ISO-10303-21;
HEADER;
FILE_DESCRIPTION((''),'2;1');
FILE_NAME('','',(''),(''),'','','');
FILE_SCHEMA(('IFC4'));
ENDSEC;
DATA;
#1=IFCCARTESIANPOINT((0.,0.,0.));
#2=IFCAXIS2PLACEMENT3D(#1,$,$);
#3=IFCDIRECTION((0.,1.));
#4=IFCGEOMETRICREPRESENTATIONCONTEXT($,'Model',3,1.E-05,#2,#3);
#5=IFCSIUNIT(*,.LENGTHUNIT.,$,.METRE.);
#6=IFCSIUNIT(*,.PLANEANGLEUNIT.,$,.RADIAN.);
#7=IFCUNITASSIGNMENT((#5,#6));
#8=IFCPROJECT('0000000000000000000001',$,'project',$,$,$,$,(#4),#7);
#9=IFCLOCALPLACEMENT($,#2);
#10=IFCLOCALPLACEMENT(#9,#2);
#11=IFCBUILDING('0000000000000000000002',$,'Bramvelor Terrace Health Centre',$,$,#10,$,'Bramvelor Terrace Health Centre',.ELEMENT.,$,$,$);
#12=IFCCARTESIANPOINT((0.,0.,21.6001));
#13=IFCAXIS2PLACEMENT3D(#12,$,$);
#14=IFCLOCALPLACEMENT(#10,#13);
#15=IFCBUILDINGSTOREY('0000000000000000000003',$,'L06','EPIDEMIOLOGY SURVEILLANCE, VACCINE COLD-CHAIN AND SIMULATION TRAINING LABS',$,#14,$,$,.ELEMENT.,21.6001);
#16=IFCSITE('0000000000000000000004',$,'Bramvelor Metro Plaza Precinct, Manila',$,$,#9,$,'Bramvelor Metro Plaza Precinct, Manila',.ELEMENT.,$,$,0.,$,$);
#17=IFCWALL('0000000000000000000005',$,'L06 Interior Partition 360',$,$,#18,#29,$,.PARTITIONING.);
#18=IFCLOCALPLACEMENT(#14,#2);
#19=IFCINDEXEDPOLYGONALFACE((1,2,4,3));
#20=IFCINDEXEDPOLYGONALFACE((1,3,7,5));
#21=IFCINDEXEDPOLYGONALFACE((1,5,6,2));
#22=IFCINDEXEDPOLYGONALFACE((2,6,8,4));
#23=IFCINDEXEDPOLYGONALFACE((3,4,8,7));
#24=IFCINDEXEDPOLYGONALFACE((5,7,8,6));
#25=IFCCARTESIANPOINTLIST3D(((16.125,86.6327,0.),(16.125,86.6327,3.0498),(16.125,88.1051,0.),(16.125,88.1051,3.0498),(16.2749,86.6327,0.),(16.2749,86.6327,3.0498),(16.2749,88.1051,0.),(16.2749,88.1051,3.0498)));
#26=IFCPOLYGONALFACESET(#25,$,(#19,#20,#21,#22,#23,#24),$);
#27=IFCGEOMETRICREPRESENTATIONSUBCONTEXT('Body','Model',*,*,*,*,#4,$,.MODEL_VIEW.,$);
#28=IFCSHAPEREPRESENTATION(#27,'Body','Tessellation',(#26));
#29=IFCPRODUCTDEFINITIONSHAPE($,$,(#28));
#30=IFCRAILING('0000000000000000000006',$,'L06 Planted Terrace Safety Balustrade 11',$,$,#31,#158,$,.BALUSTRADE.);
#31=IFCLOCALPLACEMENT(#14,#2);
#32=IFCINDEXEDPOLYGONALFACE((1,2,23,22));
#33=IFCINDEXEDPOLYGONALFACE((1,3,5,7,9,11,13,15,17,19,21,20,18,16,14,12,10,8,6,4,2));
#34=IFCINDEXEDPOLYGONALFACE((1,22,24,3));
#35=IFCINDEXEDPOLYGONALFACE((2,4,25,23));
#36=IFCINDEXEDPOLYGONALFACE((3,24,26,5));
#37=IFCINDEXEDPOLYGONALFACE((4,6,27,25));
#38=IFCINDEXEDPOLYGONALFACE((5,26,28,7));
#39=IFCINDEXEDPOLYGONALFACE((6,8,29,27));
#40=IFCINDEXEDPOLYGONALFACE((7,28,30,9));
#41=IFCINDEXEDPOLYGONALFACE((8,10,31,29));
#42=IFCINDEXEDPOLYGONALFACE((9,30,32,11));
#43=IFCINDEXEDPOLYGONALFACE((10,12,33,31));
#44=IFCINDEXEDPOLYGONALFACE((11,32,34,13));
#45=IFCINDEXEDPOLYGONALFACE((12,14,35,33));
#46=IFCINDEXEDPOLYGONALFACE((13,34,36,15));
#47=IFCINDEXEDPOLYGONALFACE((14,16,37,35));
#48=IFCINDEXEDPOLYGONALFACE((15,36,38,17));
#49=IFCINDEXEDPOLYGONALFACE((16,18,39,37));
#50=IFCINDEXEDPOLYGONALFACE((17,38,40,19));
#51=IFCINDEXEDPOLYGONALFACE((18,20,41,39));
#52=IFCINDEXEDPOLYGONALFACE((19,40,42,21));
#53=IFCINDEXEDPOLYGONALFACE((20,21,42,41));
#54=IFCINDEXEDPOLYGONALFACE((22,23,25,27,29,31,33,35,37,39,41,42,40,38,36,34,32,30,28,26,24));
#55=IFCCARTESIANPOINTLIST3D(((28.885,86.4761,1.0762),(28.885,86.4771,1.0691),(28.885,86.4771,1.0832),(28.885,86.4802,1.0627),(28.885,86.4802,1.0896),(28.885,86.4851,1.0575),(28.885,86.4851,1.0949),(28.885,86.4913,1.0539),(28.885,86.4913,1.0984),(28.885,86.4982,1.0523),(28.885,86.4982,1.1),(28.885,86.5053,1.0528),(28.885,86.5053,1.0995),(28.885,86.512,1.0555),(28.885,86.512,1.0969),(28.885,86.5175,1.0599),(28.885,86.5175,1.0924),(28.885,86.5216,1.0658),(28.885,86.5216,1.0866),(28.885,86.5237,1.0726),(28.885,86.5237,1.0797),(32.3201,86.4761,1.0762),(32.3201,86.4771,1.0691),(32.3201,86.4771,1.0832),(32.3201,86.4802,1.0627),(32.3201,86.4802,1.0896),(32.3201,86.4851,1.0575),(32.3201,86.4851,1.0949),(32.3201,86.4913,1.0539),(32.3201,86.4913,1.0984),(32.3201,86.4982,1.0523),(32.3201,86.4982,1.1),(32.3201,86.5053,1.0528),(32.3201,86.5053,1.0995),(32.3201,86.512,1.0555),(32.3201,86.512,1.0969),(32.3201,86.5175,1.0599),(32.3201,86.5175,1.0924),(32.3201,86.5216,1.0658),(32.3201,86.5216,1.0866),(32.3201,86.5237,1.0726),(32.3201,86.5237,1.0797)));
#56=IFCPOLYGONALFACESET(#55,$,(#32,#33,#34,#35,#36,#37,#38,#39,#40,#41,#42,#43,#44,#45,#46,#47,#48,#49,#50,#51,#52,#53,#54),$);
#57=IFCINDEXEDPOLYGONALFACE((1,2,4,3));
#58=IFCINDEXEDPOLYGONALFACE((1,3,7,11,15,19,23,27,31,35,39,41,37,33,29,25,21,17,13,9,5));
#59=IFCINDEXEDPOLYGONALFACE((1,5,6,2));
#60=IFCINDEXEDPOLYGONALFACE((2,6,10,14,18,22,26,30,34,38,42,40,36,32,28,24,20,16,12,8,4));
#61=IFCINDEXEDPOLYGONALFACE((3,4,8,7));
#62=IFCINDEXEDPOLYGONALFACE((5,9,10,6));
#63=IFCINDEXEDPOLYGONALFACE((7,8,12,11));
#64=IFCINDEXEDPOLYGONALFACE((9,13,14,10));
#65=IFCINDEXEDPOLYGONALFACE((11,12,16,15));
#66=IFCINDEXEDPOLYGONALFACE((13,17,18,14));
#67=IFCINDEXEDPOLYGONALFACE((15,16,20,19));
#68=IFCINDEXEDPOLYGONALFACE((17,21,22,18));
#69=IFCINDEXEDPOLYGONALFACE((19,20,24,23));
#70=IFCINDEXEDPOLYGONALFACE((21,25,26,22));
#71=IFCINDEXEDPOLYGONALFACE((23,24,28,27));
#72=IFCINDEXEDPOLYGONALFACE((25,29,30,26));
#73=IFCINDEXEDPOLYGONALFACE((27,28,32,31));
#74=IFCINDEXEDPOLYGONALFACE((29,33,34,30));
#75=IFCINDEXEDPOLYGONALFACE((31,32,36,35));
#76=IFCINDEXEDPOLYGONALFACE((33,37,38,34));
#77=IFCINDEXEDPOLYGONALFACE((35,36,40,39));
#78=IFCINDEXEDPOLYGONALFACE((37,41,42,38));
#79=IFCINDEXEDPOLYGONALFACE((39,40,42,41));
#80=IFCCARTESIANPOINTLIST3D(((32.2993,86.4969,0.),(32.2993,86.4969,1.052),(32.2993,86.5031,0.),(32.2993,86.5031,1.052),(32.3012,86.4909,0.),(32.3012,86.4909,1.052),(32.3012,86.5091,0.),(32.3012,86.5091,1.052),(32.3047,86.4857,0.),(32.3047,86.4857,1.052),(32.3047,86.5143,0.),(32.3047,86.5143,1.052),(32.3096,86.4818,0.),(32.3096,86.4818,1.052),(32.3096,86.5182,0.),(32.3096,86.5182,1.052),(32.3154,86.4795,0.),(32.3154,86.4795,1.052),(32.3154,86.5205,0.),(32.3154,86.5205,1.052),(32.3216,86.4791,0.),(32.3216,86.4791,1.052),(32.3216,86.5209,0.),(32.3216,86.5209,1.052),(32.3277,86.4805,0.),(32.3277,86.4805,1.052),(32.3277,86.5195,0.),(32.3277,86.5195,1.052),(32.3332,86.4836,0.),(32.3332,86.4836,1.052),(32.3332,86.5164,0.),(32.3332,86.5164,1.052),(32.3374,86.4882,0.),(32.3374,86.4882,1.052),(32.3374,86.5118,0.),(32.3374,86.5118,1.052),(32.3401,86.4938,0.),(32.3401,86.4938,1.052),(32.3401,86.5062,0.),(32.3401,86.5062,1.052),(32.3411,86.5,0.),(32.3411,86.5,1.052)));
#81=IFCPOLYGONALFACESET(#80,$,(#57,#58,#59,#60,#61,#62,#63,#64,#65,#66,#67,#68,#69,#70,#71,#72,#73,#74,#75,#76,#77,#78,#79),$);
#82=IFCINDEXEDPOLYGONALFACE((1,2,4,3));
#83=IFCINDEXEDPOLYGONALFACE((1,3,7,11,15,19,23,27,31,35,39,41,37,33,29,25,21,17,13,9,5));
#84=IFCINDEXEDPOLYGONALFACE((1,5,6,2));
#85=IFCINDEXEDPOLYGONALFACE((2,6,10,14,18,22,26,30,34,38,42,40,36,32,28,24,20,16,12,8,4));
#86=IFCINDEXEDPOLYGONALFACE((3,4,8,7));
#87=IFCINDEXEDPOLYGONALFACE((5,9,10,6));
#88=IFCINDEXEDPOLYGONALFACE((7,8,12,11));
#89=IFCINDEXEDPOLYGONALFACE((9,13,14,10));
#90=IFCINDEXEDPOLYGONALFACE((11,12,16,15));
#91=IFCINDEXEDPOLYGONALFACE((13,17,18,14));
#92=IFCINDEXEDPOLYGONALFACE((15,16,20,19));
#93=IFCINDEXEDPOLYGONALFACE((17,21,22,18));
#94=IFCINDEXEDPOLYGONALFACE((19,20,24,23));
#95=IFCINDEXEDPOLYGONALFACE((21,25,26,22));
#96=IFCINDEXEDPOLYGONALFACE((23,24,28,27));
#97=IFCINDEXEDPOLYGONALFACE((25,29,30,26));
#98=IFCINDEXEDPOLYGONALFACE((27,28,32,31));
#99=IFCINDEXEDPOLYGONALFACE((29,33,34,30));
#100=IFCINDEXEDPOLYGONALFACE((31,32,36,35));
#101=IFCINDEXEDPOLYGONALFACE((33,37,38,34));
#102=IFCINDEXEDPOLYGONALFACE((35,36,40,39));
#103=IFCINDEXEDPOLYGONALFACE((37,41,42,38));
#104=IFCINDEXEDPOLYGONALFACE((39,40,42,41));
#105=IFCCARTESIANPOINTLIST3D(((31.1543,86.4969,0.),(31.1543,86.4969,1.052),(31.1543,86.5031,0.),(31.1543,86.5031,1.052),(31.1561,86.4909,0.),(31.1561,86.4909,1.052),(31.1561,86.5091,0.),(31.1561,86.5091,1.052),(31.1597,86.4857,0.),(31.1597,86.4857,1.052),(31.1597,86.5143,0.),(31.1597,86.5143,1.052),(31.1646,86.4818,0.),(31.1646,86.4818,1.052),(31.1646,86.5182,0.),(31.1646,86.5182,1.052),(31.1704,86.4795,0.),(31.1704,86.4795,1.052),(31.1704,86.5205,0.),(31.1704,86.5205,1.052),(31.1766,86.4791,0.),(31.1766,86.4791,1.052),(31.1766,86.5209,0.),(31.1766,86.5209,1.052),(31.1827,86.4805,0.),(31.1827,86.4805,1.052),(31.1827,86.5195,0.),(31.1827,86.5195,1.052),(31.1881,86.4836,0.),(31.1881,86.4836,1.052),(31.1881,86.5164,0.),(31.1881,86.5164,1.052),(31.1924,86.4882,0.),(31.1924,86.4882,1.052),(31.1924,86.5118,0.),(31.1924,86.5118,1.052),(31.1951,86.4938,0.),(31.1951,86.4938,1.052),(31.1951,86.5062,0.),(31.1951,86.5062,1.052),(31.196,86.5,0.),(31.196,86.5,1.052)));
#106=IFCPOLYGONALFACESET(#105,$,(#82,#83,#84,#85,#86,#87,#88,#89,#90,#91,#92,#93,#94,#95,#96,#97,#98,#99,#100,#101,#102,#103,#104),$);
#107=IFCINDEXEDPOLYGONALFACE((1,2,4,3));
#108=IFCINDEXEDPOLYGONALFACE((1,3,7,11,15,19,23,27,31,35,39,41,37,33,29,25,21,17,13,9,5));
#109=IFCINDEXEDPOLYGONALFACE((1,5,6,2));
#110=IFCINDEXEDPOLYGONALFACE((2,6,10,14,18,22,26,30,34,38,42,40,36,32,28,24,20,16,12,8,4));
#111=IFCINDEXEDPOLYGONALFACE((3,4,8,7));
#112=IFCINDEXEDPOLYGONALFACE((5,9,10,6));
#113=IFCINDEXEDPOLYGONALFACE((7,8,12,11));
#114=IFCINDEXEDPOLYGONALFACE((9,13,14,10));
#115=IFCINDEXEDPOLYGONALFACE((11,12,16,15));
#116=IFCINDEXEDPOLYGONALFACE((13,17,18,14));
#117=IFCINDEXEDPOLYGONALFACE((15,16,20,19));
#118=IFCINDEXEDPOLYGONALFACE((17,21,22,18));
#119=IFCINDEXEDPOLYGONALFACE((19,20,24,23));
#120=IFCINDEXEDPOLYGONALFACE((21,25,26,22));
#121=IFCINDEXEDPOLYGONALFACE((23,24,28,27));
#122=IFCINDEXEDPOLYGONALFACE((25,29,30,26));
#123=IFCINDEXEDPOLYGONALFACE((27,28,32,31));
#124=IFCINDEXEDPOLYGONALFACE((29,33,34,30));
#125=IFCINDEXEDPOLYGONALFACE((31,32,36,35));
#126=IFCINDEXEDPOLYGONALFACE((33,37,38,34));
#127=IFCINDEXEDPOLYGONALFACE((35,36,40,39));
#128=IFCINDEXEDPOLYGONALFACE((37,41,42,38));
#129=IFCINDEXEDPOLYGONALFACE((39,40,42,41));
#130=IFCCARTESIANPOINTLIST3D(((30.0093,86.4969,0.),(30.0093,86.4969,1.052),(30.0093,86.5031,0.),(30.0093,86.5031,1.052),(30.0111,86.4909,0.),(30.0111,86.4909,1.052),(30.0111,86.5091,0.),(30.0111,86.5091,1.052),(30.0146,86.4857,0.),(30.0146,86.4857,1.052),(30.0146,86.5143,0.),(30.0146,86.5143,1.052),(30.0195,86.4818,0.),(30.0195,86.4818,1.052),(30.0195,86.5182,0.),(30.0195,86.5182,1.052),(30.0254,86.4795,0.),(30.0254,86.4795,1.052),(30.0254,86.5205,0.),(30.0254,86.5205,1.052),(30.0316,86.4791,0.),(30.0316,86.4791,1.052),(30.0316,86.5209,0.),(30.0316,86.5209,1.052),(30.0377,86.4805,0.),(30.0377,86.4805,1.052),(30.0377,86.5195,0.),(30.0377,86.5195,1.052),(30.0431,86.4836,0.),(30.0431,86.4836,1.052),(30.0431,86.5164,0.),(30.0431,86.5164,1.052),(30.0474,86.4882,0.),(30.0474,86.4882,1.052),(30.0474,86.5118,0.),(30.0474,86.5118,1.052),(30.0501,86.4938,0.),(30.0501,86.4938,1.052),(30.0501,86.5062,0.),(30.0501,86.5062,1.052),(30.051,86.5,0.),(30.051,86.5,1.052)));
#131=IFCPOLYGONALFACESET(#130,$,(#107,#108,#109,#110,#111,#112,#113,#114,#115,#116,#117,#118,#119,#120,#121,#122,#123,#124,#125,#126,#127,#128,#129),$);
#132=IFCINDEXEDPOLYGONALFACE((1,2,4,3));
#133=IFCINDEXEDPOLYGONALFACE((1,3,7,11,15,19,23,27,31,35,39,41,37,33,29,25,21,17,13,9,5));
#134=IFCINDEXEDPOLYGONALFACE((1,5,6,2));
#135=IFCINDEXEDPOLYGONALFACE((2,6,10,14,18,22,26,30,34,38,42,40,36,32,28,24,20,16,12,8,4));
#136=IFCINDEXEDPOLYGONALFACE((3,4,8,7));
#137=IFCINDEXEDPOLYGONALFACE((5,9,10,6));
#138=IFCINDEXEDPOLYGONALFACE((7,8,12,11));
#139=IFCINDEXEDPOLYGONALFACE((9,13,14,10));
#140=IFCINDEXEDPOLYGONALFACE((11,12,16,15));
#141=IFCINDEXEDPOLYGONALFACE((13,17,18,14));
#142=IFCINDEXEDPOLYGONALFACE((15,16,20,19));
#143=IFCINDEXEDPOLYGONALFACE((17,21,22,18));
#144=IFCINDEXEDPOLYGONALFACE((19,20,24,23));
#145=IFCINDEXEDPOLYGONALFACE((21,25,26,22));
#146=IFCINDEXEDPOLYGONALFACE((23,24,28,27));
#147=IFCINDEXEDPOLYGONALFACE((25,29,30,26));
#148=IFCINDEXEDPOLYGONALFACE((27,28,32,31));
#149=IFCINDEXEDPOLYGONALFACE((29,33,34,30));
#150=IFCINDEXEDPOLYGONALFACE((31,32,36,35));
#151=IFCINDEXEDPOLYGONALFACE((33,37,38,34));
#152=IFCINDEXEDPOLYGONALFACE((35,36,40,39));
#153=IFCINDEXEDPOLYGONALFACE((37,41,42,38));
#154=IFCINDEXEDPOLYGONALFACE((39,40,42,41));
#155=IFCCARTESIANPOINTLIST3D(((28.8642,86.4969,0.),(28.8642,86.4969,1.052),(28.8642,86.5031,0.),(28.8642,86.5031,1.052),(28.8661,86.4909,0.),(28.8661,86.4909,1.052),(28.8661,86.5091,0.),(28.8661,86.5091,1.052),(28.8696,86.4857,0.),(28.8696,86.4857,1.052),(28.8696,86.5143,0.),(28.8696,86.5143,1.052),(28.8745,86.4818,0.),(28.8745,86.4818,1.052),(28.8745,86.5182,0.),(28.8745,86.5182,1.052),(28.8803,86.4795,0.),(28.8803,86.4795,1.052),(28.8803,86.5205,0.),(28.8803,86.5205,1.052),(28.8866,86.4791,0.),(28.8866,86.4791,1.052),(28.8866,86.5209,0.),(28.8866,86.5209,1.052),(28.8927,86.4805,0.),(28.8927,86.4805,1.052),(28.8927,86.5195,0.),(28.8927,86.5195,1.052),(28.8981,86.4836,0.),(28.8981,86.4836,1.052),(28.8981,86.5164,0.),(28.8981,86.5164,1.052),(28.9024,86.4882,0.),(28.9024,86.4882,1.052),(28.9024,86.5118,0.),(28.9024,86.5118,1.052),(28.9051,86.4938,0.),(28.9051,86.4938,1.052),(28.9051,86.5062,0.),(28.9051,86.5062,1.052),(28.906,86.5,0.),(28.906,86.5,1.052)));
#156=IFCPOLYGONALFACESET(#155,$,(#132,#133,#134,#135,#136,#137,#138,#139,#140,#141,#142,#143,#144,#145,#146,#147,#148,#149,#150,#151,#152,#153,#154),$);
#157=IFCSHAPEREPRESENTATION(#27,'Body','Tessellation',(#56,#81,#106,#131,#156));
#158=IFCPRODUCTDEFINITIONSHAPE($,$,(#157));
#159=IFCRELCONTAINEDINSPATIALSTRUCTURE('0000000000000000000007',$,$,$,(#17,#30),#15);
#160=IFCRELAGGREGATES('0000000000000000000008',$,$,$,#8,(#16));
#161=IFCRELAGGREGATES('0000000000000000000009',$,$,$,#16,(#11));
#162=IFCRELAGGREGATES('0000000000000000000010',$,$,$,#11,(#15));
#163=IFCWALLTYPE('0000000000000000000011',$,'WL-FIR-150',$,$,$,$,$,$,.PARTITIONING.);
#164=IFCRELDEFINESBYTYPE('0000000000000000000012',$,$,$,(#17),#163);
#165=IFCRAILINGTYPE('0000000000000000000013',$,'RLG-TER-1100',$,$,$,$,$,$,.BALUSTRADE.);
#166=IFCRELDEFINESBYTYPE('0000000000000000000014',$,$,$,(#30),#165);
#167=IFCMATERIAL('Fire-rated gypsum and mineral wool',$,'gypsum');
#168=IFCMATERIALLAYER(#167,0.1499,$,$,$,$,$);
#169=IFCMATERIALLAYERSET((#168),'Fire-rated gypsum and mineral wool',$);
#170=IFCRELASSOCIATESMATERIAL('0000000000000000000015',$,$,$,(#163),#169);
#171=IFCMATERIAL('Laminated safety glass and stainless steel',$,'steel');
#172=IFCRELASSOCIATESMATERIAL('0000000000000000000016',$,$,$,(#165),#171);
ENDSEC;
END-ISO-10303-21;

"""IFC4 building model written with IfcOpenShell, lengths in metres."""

from ifc_helpers import new_model, si_unit, direction, frame, frame_2d, origin, origin_2d, place, context, subcontext, project, spatial, rectangle, circle, extrude, material, layer, layer_set, type_object, element, save


model = new_model("IFC4")

# Units and contexts
model_context = context("Model", 3, precision=1e-05, world=origin(), true_north=direction((0.0, 1.0)))
body_context = subcontext(model_context, "Body", "Model", "MODEL_VIEW")
ifc_project = project(units=[si_unit("LENGTHUNIT", "METRE"), si_unit("PLANEANGLEUNIT", "RADIAN")], contexts=[model_context])

# Site, building, storey
site_placement = place(None, origin())
site = spatial("IfcSite", under=ifc_project, at=site_placement, Name="Bramvelor Metro Plaza Precinct, Manila", LongName="Bramvelor Metro Plaza Precinct, Manila", CompositionType="ELEMENT", RefElevation=0.0)
building_placement = place(site_placement, origin())
building = spatial("IfcBuilding", under=site, at=building_placement, Name="Bramvelor Terrace Health Centre", LongName="Bramvelor Terrace Health Centre", CompositionType="ELEMENT")
storey_placement = place(building_placement, frame((0.0, 0.0, 21.6001)))
storey = spatial("IfcBuildingStorey", under=building, at=storey_placement, Name="L06", Description="EPIDEMIOLOGY SURVEILLANCE, VACCINE COLD-CHAIN AND SIMULATION TRAINING LABS", CompositionType="ELEMENT", Elevation=21.6001)

# Wall
ifc_material_1 = material(Name="Fire-rated gypsum and mineral wool", Category="gypsum")
ifc_layer_1 = layer(ifc_material_1, 0.1499)
ifc_layer_set_1 = layer_set([ifc_layer_1], Name="Fire-rated gypsum and mineral wool")
wall_type_1 = type_object("IfcWallType", Name="WL-FIR-150", PredefinedType="PARTITIONING", material=ifc_layer_set_1)
wall_1_placement = place(storey_placement, frame((16.2, 86.6326, 0.0), z_axis=(0.0, 0.0, 1.0), x_axis=(0.0, 1.0, 0.0)))
element("IfcWall", 1, at=wall_1_placement, inside=storey, type_object=wall_type_1, Name="L06 Interior Partition 360", PredefinedType="PARTITIONING", context=body_context, shape_type="SweptSolid", body=[
    extrude(rectangle(XDim=1.4724, YDim=0.1499, at=frame_2d((0.7363, 0.0))), origin(), (0.0, 0.0, 1.0), 3.0498),
])

# Railing
ifc_material_2 = material(Name="Laminated safety glass and stainless steel", Category="steel")
railing_type = type_object("IfcRailingType", Name="RLG-TER-1100", PredefinedType="BALUSTRADE", material=ifc_material_2)
railing_placement = place(storey_placement, frame((32.3201, 86.5, 0.0)))
element("IfcRailing", 2, at=railing_placement, inside=storey, type_object=railing_type, Name="L06 Planted Terrace Safety Balustrade 11", PredefinedType="BALUSTRADE", context=body_context, shape_type="SweptSolid", body=[
    extrude(circle(Radius=0.0239, at=origin_2d()), frame((0.0, 0.0, 1.0762), z_axis=(-1.0, 0.0, 0.0), x_axis=(0.0, -1.0, 0.0)), (0.0, 0.0, 1.0), 3.4351),
    extrude(circle(Radius=0.021, at=origin_2d()), origin(), (0.0, 0.0, 1.0), 1.052),
    extrude(circle(Radius=0.021, at=origin_2d()), frame((-1.145, 0.0, 0.0)), (0.0, 0.0, 1.0), 1.052),
    extrude(circle(Radius=0.021, at=origin_2d()), frame((-2.29, 0.0, 0.0)), (0.0, 0.0, 1.0), 1.052),
    extrude(circle(Radius=0.021, at=origin_2d()), frame((-3.4351, 0.0, 0.0)), (0.0, 0.0, 1.0), 1.052),
])

save(model, "model.ifc")
